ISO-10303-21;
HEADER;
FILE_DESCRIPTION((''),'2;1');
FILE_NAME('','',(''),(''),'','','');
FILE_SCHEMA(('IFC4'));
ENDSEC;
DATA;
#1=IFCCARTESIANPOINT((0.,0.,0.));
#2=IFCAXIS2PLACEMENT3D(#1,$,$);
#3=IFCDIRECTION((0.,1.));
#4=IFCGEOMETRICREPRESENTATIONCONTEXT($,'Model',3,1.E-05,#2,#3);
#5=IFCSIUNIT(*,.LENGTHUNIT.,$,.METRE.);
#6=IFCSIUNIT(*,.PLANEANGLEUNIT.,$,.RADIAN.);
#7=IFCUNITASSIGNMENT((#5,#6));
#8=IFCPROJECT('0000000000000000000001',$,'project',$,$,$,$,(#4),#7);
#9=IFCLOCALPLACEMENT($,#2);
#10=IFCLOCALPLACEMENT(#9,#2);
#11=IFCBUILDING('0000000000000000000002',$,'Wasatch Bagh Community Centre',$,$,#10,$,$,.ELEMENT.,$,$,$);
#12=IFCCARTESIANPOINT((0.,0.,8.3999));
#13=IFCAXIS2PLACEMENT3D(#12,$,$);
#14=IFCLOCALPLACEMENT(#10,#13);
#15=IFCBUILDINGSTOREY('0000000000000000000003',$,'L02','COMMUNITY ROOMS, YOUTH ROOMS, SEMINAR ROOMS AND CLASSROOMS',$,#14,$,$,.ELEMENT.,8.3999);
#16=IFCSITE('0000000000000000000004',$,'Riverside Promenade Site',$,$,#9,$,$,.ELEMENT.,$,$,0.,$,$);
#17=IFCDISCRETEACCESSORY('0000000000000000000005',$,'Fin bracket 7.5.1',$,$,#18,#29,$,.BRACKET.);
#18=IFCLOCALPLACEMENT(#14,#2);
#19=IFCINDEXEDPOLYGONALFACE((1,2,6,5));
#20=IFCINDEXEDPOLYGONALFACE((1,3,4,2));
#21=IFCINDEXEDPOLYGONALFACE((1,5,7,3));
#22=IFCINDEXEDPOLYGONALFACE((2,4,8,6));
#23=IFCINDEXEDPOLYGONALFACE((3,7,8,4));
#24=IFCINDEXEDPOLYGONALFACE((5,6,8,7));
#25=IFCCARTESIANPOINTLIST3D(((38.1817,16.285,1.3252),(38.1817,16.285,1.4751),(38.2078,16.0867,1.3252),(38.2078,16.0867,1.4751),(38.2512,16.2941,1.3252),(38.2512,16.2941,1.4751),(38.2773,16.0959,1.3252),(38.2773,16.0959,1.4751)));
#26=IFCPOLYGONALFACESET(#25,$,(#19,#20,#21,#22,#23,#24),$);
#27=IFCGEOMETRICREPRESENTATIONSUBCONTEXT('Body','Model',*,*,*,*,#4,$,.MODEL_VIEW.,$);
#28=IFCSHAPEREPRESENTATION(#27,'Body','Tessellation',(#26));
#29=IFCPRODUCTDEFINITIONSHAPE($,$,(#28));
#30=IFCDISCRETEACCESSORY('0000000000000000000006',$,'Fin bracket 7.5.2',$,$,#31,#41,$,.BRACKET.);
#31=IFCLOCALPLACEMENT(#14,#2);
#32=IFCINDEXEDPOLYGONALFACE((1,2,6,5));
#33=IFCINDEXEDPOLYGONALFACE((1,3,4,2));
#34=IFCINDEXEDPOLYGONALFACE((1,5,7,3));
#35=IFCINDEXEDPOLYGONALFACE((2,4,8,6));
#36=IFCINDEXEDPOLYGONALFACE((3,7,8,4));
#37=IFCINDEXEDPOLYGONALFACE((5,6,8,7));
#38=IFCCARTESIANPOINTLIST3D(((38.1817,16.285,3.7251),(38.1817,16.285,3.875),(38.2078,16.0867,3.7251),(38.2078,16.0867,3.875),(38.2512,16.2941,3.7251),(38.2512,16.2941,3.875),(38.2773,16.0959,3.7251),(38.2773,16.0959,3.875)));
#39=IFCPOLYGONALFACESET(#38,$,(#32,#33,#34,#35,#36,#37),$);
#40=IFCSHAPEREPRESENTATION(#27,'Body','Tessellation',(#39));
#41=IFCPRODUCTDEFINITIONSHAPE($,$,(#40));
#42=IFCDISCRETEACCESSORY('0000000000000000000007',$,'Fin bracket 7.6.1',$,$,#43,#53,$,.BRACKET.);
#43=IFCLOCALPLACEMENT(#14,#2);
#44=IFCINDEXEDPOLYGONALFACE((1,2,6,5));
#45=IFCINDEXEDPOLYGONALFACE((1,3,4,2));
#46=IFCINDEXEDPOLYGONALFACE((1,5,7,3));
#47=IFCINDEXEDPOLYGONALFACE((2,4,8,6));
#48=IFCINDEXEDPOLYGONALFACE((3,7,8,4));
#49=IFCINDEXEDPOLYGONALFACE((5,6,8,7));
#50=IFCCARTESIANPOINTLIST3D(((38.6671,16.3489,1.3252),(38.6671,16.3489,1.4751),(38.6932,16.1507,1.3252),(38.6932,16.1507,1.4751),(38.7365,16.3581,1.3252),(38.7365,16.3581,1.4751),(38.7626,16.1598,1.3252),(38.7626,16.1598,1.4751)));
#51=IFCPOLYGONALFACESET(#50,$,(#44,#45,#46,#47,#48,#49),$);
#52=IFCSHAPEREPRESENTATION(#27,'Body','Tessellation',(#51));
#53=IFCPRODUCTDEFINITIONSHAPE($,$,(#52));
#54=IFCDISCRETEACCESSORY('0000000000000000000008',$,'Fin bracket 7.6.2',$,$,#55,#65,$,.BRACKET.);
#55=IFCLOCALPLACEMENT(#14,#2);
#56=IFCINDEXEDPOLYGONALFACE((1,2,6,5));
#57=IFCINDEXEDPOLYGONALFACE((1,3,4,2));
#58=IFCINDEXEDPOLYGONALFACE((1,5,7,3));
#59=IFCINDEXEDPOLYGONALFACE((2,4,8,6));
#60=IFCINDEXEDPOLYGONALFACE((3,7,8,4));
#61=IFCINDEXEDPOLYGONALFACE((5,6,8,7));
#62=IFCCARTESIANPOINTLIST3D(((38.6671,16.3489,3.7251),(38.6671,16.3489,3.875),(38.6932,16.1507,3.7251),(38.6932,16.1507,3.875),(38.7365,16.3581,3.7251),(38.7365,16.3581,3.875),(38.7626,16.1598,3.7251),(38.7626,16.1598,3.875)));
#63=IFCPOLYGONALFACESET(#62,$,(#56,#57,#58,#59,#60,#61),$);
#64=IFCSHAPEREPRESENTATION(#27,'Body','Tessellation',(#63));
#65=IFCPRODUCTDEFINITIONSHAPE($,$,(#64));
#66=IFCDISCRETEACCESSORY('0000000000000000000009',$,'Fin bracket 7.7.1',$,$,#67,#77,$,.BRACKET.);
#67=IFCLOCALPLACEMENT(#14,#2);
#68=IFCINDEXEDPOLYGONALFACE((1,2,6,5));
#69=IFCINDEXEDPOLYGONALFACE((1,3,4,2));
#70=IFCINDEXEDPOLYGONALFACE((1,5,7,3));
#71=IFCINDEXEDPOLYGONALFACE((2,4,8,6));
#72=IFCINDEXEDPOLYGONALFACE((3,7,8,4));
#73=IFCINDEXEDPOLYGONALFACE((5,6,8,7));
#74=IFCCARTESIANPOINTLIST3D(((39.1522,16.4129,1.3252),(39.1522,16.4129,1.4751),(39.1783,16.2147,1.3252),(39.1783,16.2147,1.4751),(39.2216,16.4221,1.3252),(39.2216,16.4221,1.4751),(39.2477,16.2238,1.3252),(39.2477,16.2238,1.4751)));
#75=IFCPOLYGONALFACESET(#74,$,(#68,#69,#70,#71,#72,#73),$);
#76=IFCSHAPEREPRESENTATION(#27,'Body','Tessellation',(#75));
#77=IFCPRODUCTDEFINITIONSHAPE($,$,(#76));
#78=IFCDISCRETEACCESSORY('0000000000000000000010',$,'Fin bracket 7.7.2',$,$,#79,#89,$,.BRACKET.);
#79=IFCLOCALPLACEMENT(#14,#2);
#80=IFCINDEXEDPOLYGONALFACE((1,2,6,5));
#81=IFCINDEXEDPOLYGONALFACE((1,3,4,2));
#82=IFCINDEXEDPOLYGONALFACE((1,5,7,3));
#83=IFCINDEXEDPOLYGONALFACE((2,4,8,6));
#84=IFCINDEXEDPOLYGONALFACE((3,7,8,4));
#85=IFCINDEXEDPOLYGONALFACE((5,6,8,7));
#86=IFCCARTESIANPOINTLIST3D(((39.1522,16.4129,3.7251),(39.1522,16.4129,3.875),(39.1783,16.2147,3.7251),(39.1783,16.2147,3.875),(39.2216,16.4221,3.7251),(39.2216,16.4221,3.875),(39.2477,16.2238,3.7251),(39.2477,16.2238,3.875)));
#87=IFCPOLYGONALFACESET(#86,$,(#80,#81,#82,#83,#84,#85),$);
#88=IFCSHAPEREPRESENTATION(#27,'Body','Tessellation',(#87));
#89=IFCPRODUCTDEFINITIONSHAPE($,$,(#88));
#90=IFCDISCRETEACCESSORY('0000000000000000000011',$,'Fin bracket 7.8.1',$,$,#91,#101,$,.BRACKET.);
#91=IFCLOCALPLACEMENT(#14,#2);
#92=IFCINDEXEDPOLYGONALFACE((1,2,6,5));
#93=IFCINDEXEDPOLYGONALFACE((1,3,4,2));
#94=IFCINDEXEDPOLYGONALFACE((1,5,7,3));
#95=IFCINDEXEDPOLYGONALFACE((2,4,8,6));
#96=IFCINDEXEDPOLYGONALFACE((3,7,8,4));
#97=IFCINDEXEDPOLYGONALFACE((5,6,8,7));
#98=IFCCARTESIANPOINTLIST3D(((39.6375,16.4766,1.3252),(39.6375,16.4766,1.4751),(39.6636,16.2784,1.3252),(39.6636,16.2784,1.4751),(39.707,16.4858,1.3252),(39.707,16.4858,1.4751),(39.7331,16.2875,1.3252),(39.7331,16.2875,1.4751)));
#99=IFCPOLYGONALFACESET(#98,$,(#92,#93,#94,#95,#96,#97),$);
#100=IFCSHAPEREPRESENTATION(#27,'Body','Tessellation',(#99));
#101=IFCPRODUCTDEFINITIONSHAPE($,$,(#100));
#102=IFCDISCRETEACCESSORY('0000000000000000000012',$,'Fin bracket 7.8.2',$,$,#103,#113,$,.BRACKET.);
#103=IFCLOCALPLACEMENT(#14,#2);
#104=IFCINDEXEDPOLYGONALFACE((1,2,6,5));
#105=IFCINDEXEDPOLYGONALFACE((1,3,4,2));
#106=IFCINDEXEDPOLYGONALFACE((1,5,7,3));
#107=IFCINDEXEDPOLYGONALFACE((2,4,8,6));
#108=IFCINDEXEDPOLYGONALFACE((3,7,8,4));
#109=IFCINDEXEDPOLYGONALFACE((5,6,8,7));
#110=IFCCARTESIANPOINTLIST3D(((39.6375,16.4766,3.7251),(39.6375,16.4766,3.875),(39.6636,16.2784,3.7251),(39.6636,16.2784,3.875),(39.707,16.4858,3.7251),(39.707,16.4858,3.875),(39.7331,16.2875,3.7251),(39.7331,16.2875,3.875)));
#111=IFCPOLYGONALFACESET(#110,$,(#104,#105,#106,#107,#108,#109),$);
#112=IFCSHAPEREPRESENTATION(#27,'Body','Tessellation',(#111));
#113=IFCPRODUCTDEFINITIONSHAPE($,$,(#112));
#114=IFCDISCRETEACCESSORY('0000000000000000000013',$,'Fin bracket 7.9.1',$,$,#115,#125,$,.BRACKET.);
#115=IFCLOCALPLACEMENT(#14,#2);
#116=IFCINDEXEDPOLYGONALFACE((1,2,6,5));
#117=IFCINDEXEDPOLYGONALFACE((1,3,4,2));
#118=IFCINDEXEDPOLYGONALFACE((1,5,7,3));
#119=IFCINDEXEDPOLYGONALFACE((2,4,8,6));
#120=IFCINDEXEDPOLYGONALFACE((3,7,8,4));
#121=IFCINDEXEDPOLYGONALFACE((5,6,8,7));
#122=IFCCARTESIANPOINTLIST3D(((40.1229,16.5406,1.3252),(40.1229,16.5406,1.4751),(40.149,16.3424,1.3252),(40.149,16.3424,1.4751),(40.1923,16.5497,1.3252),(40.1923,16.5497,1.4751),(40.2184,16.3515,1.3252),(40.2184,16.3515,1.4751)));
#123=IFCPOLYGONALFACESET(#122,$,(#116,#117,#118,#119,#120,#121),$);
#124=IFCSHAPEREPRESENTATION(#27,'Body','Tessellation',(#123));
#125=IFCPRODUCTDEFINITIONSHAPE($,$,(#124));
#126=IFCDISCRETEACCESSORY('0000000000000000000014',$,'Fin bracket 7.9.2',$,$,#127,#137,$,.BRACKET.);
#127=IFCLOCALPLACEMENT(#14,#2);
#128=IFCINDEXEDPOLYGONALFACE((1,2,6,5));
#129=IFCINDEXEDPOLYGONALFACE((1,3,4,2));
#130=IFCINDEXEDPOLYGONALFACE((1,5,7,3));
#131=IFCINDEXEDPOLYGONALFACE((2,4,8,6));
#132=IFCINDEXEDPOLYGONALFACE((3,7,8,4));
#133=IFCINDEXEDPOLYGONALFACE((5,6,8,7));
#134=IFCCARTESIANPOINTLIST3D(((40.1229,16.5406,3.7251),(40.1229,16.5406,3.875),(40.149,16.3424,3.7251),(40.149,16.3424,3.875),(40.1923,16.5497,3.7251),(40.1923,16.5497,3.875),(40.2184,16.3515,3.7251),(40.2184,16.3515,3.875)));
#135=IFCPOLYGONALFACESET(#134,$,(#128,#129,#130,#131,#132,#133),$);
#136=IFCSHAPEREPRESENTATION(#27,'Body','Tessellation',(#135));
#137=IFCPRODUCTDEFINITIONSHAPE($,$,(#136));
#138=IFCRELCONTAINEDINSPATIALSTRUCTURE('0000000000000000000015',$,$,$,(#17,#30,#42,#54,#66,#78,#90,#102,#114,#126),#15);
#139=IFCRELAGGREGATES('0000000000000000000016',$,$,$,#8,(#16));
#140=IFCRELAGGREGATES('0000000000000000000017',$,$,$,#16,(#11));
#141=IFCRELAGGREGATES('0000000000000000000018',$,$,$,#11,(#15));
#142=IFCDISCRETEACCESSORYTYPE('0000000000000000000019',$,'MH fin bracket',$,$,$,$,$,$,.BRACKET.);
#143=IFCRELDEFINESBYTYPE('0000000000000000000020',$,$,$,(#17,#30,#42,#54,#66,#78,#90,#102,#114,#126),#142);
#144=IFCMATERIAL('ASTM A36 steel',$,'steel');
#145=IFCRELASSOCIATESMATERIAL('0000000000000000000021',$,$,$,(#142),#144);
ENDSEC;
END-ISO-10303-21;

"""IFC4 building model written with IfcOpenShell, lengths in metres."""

from ifc_helpers import new_model, si_unit, direction, frame, origin, origin_2d, place, context, subcontext, project, spatial, rectangle, extrude, material, type_object, element, save


model = new_model("IFC4")

# Units and contexts
model_context = context("Model", 3, precision=1e-05, world=origin(), true_north=direction((0.0, 1.0)))
body_context = subcontext(model_context, "Body", "Model", "MODEL_VIEW")
ifc_project = project(units=[si_unit("LENGTHUNIT", "METRE"), si_unit("PLANEANGLEUNIT", "RADIAN")], contexts=[model_context])

# Site, building, storey
site_placement = place(None, origin())
site = spatial("IfcSite", under=ifc_project, at=site_placement, Name="Riverside Promenade Site", CompositionType="ELEMENT", RefElevation=0.0)
building_placement = place(site_placement, origin())
building = spatial("IfcBuilding", under=site, at=building_placement, Name="Wasatch Bagh Community Centre", CompositionType="ELEMENT")
storey_placement = place(building_placement, frame((0.0, 0.0, 8.3999)))
storey = spatial("IfcBuildingStorey", under=building, at=storey_placement, Name="L02", Description="COMMUNITY ROOMS, YOUTH ROOMS, SEMINAR ROOMS AND CLASSROOMS", CompositionType="ELEMENT", Elevation=8.3999)

# Discrete accessories
ifc_material_1 = material(Name="ASTM A36 steel", Category="steel")
discrete_accessory_type_1 = type_object("IfcDiscreteAccessoryType", Name="MH fin bracket", PredefinedType="BRACKET", material=ifc_material_1)
for number, where, z_axis, x_axis, name in (
    (1, (38.2295, 16.1904, 1.3252), (0.0, 0.0, 1.0), (0.991445, 0.130526, 0.0), "Fin bracket 7.5.1"),
    (2, (38.2295, 16.1904, 3.7251), (0.0, 0.0, 1.0), (0.991445, 0.130526, 0.0), "Fin bracket 7.5.2"),
    (3, (38.7148, 16.2544, 1.3252), (0.0, 0.0, 1.0), (0.991445, 0.130526, 0.0), "Fin bracket 7.6.1"),
    (4, (38.7148, 16.2544, 3.7251), (0.0, 0.0, 1.0), (0.991445, 0.130526, 0.0), "Fin bracket 7.6.2"),
    (5, (39.2, 16.3184, 1.3252), (0.0, 0.0, 1.0), (0.991445, 0.130526, 0.0), "Fin bracket 7.7.1"),
    (6, (39.2, 16.3184, 3.7251), (0.0, 0.0, 1.0), (0.991445, 0.130526, 0.0), "Fin bracket 7.7.2"),
    (7, (39.6853, 16.3821, 1.3252), (0.0, 0.0, 1.0), (0.991445, 0.130526, 0.0), "Fin bracket 7.8.1"),
    (8, (39.6853, 16.3821, 3.7251), (0.0, 0.0, 1.0), (0.991445, 0.130526, 0.0), "Fin bracket 7.8.2"),
    (9, (40.1707, 16.446, 1.3252), (0.0, 0.0, 1.0), (0.991445, 0.130526, 0.0), "Fin bracket 7.9.1"),
    (10, (40.1707, 16.446, 3.7251), (0.0, 0.0, 1.0), (0.991445, 0.130526, 0.0), "Fin bracket 7.9.2"),
):
    element("IfcDiscreteAccessory", number, at=place(storey_placement, frame(where, z_axis=z_axis, x_axis=x_axis)), inside=storey, type_object=discrete_accessory_type_1, Name=name, PredefinedType="BRACKET", context=body_context, shape_type="SweptSolid", body=[
        extrude(rectangle(XDim=0.0701, YDim=0.2, at=origin_2d()), origin(), (0.0, 0.0, 1.0), 0.1499),
    ])

save(model, "model.ifc")
